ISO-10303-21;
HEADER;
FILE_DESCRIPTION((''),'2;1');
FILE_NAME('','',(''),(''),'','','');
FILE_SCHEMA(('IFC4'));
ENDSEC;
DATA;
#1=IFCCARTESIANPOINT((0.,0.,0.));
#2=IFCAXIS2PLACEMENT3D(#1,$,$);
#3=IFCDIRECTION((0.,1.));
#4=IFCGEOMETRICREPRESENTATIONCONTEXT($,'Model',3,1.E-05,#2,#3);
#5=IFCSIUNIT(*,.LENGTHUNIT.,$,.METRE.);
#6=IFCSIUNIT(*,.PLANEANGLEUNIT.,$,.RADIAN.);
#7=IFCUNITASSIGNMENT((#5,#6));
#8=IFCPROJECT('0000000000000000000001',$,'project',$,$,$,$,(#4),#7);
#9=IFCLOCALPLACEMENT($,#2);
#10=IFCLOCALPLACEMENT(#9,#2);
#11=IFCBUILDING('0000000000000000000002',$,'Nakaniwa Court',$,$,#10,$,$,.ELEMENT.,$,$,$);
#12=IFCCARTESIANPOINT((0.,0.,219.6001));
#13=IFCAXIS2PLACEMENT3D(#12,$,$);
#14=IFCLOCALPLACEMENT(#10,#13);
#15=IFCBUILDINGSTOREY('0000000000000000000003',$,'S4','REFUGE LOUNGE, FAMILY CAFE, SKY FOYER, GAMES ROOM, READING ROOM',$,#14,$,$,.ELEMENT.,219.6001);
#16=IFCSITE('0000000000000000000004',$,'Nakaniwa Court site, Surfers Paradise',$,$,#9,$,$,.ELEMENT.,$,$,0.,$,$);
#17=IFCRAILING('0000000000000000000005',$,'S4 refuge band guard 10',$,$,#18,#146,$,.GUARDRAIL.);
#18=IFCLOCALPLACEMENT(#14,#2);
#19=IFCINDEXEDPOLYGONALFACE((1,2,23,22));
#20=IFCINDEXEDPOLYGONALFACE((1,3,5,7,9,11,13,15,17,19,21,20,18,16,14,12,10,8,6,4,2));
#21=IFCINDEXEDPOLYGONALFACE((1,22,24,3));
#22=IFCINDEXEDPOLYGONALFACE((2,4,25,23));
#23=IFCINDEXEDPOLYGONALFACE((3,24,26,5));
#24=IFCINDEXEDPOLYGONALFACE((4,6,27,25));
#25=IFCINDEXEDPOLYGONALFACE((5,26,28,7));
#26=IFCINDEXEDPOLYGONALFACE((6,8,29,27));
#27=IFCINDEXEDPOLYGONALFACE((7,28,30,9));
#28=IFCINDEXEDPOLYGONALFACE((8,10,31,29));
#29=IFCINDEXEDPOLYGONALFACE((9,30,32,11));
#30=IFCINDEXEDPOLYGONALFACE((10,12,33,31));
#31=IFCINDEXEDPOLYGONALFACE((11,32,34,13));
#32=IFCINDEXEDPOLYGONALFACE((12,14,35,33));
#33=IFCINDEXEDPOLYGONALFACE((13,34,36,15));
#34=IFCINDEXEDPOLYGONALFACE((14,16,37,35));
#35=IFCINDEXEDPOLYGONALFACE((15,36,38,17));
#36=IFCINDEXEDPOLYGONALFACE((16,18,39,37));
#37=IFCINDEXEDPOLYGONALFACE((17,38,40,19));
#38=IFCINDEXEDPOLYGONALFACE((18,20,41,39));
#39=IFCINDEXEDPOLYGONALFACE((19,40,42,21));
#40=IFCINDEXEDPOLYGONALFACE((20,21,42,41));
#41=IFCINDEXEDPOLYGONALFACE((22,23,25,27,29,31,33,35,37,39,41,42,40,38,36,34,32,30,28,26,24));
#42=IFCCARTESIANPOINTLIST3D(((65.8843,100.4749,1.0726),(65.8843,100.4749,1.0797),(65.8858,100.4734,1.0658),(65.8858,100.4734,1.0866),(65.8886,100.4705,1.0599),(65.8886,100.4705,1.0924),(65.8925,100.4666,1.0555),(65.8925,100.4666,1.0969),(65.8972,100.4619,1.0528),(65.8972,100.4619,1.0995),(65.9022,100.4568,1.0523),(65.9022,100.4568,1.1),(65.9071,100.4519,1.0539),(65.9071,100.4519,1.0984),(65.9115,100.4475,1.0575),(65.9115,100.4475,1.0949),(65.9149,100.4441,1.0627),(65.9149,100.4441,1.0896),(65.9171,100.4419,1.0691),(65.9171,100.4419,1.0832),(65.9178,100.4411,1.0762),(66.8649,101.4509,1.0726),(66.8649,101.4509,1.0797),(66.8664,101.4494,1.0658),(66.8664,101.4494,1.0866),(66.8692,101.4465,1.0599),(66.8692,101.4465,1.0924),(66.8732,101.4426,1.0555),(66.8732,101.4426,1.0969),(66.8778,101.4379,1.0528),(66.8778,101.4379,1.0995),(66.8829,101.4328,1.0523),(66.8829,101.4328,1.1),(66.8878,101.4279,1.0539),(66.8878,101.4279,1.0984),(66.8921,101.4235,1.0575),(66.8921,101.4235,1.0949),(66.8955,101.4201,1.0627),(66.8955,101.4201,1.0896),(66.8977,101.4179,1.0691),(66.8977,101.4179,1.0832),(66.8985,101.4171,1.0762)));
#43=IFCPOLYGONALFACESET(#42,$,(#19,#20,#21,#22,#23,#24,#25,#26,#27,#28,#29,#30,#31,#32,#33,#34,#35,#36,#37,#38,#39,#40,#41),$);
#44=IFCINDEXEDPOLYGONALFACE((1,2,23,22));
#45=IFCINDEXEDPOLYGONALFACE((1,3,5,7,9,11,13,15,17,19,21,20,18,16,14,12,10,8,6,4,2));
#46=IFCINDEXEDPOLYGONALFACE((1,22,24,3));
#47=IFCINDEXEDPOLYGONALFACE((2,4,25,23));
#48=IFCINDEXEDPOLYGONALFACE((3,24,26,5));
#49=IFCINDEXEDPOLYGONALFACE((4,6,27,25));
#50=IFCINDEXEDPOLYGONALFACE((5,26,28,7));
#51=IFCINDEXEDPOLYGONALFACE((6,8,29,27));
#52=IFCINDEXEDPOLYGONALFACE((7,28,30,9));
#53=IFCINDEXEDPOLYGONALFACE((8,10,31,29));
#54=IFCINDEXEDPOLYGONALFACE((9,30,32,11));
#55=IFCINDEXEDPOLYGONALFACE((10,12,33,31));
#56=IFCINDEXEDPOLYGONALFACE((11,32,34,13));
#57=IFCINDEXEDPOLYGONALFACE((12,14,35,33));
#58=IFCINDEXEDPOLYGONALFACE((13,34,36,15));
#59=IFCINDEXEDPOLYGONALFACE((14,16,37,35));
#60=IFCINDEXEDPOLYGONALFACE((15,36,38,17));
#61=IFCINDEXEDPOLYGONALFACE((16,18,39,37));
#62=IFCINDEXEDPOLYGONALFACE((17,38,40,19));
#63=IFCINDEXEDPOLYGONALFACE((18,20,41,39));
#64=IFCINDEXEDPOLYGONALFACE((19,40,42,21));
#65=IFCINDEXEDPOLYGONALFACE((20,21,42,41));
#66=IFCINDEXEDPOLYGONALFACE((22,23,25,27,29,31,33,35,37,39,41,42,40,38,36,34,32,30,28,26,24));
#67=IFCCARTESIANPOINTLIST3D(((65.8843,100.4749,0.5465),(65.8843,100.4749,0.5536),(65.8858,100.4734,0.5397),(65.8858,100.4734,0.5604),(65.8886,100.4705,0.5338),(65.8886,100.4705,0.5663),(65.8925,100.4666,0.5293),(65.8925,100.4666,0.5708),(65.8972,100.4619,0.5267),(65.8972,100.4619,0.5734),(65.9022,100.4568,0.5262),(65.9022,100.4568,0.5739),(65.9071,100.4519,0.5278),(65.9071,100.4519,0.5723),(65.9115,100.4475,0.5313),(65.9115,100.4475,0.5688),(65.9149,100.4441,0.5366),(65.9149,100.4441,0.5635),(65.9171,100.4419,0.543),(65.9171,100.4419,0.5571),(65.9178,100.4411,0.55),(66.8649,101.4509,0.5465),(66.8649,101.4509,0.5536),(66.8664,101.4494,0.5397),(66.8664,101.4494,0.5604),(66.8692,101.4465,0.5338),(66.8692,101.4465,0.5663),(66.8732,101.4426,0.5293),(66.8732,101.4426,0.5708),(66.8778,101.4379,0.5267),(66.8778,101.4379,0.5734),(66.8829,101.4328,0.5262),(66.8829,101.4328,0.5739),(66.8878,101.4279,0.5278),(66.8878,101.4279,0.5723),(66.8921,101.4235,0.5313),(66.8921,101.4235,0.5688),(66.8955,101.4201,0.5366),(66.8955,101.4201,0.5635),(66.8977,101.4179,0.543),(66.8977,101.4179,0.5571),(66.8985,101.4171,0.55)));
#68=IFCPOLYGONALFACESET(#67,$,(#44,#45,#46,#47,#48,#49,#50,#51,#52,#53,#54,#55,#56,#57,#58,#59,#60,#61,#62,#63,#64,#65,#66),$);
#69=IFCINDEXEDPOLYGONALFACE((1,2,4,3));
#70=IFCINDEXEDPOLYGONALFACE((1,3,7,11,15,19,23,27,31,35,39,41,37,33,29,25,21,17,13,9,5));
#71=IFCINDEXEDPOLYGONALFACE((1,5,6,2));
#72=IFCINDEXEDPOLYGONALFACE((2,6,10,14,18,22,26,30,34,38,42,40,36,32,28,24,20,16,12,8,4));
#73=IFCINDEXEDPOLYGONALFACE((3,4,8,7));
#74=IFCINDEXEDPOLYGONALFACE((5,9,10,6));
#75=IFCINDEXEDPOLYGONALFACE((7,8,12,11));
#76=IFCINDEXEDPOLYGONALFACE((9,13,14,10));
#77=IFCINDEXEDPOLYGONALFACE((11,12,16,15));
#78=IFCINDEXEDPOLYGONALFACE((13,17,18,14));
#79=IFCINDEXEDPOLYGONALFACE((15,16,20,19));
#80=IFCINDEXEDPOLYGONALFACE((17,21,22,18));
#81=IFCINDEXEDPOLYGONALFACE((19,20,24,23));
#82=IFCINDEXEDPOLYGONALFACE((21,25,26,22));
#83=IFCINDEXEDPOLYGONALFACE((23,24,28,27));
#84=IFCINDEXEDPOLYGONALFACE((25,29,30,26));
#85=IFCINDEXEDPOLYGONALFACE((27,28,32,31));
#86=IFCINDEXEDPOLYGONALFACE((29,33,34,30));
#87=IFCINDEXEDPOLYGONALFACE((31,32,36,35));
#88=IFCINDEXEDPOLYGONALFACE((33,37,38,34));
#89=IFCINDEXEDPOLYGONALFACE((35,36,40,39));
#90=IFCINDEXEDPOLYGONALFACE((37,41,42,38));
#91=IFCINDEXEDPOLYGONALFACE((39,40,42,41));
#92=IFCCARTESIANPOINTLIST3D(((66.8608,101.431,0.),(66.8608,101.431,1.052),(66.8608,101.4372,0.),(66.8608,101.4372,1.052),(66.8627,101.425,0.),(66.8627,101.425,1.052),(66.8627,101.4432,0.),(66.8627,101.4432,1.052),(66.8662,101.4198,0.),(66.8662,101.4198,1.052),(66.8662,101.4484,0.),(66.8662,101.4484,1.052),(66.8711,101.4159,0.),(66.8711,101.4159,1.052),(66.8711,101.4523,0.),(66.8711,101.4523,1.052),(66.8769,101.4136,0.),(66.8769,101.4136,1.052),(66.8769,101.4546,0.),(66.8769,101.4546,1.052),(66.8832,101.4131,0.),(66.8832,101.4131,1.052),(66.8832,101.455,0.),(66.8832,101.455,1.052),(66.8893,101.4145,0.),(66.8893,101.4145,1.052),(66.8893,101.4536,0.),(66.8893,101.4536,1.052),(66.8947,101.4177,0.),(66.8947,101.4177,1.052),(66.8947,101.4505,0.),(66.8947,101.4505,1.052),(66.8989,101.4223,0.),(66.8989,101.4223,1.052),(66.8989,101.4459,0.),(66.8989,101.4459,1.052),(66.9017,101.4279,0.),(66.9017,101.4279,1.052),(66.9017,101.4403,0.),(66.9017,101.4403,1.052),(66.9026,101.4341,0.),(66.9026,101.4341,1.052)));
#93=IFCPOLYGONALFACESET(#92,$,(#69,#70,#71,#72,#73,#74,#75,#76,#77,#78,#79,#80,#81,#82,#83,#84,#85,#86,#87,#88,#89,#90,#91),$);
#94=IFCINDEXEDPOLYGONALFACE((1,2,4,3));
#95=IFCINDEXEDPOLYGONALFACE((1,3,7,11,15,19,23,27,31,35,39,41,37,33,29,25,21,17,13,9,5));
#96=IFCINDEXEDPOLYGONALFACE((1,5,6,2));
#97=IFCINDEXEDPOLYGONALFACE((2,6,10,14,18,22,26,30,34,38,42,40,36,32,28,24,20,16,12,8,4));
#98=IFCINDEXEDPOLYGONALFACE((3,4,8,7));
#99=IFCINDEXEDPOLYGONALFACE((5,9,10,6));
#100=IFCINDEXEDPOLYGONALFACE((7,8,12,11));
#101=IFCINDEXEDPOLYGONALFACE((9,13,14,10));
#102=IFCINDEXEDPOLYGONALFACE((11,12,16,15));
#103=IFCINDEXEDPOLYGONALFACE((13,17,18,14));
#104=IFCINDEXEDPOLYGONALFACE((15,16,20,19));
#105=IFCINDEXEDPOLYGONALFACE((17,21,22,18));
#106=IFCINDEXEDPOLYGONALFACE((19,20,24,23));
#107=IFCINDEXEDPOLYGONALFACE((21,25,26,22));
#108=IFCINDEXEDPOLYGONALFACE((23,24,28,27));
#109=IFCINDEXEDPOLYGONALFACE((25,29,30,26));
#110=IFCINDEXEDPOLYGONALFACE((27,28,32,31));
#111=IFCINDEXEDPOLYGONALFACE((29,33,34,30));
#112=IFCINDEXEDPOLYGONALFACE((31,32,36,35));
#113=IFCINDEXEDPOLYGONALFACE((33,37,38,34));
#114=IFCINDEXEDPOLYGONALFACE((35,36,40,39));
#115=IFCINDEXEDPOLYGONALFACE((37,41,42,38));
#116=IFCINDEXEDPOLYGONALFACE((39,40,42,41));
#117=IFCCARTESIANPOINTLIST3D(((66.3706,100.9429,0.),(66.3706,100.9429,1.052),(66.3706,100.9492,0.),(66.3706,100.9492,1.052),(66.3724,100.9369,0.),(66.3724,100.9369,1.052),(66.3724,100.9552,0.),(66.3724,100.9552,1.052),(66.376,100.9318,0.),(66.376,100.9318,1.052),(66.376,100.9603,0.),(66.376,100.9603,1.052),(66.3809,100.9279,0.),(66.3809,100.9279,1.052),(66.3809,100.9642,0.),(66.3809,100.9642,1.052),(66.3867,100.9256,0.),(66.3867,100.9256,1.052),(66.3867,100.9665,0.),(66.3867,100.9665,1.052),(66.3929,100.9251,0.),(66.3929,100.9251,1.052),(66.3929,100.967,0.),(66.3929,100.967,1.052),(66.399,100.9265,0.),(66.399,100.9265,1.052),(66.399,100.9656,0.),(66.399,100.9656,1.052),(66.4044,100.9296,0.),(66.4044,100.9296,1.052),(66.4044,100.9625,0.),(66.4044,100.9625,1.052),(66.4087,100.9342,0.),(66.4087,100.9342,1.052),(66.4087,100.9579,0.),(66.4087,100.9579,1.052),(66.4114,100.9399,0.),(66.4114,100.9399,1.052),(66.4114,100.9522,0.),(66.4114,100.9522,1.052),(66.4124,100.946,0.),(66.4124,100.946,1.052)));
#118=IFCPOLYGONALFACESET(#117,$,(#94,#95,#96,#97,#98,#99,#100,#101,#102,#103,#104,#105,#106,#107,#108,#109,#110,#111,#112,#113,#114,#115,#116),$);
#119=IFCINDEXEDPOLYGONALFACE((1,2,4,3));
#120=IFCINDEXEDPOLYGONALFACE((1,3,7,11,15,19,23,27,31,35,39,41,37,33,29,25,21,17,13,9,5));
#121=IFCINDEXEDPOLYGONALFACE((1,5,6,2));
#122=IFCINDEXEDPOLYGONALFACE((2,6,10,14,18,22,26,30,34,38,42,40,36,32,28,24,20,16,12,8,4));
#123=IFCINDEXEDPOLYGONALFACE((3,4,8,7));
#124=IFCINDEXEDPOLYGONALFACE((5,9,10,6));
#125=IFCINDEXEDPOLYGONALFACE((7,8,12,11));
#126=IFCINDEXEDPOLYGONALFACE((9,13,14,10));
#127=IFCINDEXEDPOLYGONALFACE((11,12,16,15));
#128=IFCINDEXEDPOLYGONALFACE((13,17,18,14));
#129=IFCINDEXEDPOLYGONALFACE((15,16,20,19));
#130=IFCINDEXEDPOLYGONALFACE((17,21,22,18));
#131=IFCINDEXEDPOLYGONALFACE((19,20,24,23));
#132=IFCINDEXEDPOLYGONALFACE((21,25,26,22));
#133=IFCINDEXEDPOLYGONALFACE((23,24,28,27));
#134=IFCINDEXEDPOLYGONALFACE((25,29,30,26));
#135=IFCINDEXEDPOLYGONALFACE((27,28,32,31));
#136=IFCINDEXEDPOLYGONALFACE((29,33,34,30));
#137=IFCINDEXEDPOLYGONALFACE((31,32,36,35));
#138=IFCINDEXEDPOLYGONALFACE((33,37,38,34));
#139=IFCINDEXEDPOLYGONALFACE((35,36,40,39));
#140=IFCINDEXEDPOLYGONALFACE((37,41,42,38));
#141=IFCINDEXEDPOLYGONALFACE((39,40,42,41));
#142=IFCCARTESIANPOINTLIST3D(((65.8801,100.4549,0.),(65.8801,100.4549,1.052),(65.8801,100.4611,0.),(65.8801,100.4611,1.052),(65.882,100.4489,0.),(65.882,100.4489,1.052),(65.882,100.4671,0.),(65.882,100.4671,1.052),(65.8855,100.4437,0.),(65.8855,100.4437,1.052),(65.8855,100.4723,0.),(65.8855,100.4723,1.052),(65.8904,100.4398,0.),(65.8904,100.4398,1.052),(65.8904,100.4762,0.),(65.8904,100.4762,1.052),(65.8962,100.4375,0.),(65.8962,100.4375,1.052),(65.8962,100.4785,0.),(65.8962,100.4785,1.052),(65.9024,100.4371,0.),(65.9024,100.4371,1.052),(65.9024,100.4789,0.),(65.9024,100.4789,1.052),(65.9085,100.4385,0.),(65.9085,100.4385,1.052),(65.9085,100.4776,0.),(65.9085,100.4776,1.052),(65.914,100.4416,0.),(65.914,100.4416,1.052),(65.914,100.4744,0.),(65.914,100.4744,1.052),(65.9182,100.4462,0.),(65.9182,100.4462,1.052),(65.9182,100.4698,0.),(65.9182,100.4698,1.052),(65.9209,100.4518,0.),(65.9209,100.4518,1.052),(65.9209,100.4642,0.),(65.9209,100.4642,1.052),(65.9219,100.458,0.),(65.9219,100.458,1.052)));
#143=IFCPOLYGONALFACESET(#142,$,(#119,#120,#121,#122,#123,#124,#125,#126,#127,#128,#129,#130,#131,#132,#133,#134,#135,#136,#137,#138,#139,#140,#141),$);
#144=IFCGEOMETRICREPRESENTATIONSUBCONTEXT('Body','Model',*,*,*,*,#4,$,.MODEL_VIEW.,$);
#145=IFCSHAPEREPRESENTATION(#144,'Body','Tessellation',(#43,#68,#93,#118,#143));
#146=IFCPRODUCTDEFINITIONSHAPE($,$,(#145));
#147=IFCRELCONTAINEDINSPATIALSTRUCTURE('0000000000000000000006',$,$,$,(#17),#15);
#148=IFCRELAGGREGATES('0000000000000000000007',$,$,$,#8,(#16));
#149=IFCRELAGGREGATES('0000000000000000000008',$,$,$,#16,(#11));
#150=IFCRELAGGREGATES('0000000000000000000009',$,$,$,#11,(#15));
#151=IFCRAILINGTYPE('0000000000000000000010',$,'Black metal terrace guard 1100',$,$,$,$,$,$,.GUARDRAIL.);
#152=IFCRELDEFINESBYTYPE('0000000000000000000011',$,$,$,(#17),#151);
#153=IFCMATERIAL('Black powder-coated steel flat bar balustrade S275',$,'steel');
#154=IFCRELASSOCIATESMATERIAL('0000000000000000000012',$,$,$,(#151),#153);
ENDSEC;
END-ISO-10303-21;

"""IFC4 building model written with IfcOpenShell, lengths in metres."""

from ifc_helpers import new_model, si_unit, direction, frame, origin, origin_2d, place, context, subcontext, project, spatial, circle, extrude, material, type_object, element, save


model = new_model("IFC4")

# Units and contexts
model_context = context("Model", 3, precision=1e-05, world=origin(), true_north=direction((0.0, 1.0)))
body_context = subcontext(model_context, "Body", "Model", "MODEL_VIEW")
ifc_project = project(units=[si_unit("LENGTHUNIT", "METRE"), si_unit("PLANEANGLEUNIT", "RADIAN")], contexts=[model_context])

# Site, building, storey
site_placement = place(None, origin())
site = spatial("IfcSite", under=ifc_project, at=site_placement, Name="Nakaniwa Court site, Surfers Paradise", CompositionType="ELEMENT", RefElevation=0.0)
building_placement = place(site_placement, origin())
building = spatial("IfcBuilding", under=site, at=building_placement, Name="Nakaniwa Court", CompositionType="ELEMENT")
storey_placement = place(building_placement, frame((0.0, 0.0, 219.6001)))
storey = spatial("IfcBuildingStorey", under=building, at=storey_placement, Name="S4", Description="REFUGE LOUNGE, FAMILY CAFE, SKY FOYER, GAMES ROOM, READING ROOM", CompositionType="ELEMENT", Elevation=219.6001)

# Railing
ifc_material_1 = material(Name="Black powder-coated steel flat bar balustrade S275", Category="steel")
railing_type = type_object("IfcRailingType", Name="Black metal terrace guard 1100", PredefinedType="GUARDRAIL", material=ifc_material_1)
railing_1_placement = place(storey_placement, frame((66.8816, 101.4341, 0.0)))
element("IfcRailing", 1, at=railing_1_placement, inside=storey, type_object=railing_type, Name="S4 refuge band guard 10", PredefinedType="GUARDRAIL", context=body_context, shape_type="SweptSolid", body=[
    extrude(circle(Radius=0.0239, at=origin_2d()), frame((0.0, 0.0, 1.0762), z_axis=(-0.708781, -0.705429, 0.0), x_axis=(0.705429, -0.708781, 0.0)), (0.0, 0.0, 1.0), 1.3835),
    extrude(circle(Radius=0.0239, at=origin_2d()), frame((0.0, 0.0, 0.55), z_axis=(-0.708781, -0.705429, 0.0), x_axis=(0.705429, -0.708781, 0.0)), (0.0, 0.0, 1.0), 1.3835),
    extrude(circle(Radius=0.021, at=origin_2d()), origin(), (0.0, 0.0, 1.0), 1.052),
    extrude(circle(Radius=0.021, at=origin_2d()), frame((-0.4902, -0.488, 0.0)), (0.0, 0.0, 1.0), 1.052),
    extrude(circle(Radius=0.021, at=origin_2d()), frame((-0.9807, -0.9761, 0.0)), (0.0, 0.0, 1.0), 1.052),
])

save(model, "model.ifc")
